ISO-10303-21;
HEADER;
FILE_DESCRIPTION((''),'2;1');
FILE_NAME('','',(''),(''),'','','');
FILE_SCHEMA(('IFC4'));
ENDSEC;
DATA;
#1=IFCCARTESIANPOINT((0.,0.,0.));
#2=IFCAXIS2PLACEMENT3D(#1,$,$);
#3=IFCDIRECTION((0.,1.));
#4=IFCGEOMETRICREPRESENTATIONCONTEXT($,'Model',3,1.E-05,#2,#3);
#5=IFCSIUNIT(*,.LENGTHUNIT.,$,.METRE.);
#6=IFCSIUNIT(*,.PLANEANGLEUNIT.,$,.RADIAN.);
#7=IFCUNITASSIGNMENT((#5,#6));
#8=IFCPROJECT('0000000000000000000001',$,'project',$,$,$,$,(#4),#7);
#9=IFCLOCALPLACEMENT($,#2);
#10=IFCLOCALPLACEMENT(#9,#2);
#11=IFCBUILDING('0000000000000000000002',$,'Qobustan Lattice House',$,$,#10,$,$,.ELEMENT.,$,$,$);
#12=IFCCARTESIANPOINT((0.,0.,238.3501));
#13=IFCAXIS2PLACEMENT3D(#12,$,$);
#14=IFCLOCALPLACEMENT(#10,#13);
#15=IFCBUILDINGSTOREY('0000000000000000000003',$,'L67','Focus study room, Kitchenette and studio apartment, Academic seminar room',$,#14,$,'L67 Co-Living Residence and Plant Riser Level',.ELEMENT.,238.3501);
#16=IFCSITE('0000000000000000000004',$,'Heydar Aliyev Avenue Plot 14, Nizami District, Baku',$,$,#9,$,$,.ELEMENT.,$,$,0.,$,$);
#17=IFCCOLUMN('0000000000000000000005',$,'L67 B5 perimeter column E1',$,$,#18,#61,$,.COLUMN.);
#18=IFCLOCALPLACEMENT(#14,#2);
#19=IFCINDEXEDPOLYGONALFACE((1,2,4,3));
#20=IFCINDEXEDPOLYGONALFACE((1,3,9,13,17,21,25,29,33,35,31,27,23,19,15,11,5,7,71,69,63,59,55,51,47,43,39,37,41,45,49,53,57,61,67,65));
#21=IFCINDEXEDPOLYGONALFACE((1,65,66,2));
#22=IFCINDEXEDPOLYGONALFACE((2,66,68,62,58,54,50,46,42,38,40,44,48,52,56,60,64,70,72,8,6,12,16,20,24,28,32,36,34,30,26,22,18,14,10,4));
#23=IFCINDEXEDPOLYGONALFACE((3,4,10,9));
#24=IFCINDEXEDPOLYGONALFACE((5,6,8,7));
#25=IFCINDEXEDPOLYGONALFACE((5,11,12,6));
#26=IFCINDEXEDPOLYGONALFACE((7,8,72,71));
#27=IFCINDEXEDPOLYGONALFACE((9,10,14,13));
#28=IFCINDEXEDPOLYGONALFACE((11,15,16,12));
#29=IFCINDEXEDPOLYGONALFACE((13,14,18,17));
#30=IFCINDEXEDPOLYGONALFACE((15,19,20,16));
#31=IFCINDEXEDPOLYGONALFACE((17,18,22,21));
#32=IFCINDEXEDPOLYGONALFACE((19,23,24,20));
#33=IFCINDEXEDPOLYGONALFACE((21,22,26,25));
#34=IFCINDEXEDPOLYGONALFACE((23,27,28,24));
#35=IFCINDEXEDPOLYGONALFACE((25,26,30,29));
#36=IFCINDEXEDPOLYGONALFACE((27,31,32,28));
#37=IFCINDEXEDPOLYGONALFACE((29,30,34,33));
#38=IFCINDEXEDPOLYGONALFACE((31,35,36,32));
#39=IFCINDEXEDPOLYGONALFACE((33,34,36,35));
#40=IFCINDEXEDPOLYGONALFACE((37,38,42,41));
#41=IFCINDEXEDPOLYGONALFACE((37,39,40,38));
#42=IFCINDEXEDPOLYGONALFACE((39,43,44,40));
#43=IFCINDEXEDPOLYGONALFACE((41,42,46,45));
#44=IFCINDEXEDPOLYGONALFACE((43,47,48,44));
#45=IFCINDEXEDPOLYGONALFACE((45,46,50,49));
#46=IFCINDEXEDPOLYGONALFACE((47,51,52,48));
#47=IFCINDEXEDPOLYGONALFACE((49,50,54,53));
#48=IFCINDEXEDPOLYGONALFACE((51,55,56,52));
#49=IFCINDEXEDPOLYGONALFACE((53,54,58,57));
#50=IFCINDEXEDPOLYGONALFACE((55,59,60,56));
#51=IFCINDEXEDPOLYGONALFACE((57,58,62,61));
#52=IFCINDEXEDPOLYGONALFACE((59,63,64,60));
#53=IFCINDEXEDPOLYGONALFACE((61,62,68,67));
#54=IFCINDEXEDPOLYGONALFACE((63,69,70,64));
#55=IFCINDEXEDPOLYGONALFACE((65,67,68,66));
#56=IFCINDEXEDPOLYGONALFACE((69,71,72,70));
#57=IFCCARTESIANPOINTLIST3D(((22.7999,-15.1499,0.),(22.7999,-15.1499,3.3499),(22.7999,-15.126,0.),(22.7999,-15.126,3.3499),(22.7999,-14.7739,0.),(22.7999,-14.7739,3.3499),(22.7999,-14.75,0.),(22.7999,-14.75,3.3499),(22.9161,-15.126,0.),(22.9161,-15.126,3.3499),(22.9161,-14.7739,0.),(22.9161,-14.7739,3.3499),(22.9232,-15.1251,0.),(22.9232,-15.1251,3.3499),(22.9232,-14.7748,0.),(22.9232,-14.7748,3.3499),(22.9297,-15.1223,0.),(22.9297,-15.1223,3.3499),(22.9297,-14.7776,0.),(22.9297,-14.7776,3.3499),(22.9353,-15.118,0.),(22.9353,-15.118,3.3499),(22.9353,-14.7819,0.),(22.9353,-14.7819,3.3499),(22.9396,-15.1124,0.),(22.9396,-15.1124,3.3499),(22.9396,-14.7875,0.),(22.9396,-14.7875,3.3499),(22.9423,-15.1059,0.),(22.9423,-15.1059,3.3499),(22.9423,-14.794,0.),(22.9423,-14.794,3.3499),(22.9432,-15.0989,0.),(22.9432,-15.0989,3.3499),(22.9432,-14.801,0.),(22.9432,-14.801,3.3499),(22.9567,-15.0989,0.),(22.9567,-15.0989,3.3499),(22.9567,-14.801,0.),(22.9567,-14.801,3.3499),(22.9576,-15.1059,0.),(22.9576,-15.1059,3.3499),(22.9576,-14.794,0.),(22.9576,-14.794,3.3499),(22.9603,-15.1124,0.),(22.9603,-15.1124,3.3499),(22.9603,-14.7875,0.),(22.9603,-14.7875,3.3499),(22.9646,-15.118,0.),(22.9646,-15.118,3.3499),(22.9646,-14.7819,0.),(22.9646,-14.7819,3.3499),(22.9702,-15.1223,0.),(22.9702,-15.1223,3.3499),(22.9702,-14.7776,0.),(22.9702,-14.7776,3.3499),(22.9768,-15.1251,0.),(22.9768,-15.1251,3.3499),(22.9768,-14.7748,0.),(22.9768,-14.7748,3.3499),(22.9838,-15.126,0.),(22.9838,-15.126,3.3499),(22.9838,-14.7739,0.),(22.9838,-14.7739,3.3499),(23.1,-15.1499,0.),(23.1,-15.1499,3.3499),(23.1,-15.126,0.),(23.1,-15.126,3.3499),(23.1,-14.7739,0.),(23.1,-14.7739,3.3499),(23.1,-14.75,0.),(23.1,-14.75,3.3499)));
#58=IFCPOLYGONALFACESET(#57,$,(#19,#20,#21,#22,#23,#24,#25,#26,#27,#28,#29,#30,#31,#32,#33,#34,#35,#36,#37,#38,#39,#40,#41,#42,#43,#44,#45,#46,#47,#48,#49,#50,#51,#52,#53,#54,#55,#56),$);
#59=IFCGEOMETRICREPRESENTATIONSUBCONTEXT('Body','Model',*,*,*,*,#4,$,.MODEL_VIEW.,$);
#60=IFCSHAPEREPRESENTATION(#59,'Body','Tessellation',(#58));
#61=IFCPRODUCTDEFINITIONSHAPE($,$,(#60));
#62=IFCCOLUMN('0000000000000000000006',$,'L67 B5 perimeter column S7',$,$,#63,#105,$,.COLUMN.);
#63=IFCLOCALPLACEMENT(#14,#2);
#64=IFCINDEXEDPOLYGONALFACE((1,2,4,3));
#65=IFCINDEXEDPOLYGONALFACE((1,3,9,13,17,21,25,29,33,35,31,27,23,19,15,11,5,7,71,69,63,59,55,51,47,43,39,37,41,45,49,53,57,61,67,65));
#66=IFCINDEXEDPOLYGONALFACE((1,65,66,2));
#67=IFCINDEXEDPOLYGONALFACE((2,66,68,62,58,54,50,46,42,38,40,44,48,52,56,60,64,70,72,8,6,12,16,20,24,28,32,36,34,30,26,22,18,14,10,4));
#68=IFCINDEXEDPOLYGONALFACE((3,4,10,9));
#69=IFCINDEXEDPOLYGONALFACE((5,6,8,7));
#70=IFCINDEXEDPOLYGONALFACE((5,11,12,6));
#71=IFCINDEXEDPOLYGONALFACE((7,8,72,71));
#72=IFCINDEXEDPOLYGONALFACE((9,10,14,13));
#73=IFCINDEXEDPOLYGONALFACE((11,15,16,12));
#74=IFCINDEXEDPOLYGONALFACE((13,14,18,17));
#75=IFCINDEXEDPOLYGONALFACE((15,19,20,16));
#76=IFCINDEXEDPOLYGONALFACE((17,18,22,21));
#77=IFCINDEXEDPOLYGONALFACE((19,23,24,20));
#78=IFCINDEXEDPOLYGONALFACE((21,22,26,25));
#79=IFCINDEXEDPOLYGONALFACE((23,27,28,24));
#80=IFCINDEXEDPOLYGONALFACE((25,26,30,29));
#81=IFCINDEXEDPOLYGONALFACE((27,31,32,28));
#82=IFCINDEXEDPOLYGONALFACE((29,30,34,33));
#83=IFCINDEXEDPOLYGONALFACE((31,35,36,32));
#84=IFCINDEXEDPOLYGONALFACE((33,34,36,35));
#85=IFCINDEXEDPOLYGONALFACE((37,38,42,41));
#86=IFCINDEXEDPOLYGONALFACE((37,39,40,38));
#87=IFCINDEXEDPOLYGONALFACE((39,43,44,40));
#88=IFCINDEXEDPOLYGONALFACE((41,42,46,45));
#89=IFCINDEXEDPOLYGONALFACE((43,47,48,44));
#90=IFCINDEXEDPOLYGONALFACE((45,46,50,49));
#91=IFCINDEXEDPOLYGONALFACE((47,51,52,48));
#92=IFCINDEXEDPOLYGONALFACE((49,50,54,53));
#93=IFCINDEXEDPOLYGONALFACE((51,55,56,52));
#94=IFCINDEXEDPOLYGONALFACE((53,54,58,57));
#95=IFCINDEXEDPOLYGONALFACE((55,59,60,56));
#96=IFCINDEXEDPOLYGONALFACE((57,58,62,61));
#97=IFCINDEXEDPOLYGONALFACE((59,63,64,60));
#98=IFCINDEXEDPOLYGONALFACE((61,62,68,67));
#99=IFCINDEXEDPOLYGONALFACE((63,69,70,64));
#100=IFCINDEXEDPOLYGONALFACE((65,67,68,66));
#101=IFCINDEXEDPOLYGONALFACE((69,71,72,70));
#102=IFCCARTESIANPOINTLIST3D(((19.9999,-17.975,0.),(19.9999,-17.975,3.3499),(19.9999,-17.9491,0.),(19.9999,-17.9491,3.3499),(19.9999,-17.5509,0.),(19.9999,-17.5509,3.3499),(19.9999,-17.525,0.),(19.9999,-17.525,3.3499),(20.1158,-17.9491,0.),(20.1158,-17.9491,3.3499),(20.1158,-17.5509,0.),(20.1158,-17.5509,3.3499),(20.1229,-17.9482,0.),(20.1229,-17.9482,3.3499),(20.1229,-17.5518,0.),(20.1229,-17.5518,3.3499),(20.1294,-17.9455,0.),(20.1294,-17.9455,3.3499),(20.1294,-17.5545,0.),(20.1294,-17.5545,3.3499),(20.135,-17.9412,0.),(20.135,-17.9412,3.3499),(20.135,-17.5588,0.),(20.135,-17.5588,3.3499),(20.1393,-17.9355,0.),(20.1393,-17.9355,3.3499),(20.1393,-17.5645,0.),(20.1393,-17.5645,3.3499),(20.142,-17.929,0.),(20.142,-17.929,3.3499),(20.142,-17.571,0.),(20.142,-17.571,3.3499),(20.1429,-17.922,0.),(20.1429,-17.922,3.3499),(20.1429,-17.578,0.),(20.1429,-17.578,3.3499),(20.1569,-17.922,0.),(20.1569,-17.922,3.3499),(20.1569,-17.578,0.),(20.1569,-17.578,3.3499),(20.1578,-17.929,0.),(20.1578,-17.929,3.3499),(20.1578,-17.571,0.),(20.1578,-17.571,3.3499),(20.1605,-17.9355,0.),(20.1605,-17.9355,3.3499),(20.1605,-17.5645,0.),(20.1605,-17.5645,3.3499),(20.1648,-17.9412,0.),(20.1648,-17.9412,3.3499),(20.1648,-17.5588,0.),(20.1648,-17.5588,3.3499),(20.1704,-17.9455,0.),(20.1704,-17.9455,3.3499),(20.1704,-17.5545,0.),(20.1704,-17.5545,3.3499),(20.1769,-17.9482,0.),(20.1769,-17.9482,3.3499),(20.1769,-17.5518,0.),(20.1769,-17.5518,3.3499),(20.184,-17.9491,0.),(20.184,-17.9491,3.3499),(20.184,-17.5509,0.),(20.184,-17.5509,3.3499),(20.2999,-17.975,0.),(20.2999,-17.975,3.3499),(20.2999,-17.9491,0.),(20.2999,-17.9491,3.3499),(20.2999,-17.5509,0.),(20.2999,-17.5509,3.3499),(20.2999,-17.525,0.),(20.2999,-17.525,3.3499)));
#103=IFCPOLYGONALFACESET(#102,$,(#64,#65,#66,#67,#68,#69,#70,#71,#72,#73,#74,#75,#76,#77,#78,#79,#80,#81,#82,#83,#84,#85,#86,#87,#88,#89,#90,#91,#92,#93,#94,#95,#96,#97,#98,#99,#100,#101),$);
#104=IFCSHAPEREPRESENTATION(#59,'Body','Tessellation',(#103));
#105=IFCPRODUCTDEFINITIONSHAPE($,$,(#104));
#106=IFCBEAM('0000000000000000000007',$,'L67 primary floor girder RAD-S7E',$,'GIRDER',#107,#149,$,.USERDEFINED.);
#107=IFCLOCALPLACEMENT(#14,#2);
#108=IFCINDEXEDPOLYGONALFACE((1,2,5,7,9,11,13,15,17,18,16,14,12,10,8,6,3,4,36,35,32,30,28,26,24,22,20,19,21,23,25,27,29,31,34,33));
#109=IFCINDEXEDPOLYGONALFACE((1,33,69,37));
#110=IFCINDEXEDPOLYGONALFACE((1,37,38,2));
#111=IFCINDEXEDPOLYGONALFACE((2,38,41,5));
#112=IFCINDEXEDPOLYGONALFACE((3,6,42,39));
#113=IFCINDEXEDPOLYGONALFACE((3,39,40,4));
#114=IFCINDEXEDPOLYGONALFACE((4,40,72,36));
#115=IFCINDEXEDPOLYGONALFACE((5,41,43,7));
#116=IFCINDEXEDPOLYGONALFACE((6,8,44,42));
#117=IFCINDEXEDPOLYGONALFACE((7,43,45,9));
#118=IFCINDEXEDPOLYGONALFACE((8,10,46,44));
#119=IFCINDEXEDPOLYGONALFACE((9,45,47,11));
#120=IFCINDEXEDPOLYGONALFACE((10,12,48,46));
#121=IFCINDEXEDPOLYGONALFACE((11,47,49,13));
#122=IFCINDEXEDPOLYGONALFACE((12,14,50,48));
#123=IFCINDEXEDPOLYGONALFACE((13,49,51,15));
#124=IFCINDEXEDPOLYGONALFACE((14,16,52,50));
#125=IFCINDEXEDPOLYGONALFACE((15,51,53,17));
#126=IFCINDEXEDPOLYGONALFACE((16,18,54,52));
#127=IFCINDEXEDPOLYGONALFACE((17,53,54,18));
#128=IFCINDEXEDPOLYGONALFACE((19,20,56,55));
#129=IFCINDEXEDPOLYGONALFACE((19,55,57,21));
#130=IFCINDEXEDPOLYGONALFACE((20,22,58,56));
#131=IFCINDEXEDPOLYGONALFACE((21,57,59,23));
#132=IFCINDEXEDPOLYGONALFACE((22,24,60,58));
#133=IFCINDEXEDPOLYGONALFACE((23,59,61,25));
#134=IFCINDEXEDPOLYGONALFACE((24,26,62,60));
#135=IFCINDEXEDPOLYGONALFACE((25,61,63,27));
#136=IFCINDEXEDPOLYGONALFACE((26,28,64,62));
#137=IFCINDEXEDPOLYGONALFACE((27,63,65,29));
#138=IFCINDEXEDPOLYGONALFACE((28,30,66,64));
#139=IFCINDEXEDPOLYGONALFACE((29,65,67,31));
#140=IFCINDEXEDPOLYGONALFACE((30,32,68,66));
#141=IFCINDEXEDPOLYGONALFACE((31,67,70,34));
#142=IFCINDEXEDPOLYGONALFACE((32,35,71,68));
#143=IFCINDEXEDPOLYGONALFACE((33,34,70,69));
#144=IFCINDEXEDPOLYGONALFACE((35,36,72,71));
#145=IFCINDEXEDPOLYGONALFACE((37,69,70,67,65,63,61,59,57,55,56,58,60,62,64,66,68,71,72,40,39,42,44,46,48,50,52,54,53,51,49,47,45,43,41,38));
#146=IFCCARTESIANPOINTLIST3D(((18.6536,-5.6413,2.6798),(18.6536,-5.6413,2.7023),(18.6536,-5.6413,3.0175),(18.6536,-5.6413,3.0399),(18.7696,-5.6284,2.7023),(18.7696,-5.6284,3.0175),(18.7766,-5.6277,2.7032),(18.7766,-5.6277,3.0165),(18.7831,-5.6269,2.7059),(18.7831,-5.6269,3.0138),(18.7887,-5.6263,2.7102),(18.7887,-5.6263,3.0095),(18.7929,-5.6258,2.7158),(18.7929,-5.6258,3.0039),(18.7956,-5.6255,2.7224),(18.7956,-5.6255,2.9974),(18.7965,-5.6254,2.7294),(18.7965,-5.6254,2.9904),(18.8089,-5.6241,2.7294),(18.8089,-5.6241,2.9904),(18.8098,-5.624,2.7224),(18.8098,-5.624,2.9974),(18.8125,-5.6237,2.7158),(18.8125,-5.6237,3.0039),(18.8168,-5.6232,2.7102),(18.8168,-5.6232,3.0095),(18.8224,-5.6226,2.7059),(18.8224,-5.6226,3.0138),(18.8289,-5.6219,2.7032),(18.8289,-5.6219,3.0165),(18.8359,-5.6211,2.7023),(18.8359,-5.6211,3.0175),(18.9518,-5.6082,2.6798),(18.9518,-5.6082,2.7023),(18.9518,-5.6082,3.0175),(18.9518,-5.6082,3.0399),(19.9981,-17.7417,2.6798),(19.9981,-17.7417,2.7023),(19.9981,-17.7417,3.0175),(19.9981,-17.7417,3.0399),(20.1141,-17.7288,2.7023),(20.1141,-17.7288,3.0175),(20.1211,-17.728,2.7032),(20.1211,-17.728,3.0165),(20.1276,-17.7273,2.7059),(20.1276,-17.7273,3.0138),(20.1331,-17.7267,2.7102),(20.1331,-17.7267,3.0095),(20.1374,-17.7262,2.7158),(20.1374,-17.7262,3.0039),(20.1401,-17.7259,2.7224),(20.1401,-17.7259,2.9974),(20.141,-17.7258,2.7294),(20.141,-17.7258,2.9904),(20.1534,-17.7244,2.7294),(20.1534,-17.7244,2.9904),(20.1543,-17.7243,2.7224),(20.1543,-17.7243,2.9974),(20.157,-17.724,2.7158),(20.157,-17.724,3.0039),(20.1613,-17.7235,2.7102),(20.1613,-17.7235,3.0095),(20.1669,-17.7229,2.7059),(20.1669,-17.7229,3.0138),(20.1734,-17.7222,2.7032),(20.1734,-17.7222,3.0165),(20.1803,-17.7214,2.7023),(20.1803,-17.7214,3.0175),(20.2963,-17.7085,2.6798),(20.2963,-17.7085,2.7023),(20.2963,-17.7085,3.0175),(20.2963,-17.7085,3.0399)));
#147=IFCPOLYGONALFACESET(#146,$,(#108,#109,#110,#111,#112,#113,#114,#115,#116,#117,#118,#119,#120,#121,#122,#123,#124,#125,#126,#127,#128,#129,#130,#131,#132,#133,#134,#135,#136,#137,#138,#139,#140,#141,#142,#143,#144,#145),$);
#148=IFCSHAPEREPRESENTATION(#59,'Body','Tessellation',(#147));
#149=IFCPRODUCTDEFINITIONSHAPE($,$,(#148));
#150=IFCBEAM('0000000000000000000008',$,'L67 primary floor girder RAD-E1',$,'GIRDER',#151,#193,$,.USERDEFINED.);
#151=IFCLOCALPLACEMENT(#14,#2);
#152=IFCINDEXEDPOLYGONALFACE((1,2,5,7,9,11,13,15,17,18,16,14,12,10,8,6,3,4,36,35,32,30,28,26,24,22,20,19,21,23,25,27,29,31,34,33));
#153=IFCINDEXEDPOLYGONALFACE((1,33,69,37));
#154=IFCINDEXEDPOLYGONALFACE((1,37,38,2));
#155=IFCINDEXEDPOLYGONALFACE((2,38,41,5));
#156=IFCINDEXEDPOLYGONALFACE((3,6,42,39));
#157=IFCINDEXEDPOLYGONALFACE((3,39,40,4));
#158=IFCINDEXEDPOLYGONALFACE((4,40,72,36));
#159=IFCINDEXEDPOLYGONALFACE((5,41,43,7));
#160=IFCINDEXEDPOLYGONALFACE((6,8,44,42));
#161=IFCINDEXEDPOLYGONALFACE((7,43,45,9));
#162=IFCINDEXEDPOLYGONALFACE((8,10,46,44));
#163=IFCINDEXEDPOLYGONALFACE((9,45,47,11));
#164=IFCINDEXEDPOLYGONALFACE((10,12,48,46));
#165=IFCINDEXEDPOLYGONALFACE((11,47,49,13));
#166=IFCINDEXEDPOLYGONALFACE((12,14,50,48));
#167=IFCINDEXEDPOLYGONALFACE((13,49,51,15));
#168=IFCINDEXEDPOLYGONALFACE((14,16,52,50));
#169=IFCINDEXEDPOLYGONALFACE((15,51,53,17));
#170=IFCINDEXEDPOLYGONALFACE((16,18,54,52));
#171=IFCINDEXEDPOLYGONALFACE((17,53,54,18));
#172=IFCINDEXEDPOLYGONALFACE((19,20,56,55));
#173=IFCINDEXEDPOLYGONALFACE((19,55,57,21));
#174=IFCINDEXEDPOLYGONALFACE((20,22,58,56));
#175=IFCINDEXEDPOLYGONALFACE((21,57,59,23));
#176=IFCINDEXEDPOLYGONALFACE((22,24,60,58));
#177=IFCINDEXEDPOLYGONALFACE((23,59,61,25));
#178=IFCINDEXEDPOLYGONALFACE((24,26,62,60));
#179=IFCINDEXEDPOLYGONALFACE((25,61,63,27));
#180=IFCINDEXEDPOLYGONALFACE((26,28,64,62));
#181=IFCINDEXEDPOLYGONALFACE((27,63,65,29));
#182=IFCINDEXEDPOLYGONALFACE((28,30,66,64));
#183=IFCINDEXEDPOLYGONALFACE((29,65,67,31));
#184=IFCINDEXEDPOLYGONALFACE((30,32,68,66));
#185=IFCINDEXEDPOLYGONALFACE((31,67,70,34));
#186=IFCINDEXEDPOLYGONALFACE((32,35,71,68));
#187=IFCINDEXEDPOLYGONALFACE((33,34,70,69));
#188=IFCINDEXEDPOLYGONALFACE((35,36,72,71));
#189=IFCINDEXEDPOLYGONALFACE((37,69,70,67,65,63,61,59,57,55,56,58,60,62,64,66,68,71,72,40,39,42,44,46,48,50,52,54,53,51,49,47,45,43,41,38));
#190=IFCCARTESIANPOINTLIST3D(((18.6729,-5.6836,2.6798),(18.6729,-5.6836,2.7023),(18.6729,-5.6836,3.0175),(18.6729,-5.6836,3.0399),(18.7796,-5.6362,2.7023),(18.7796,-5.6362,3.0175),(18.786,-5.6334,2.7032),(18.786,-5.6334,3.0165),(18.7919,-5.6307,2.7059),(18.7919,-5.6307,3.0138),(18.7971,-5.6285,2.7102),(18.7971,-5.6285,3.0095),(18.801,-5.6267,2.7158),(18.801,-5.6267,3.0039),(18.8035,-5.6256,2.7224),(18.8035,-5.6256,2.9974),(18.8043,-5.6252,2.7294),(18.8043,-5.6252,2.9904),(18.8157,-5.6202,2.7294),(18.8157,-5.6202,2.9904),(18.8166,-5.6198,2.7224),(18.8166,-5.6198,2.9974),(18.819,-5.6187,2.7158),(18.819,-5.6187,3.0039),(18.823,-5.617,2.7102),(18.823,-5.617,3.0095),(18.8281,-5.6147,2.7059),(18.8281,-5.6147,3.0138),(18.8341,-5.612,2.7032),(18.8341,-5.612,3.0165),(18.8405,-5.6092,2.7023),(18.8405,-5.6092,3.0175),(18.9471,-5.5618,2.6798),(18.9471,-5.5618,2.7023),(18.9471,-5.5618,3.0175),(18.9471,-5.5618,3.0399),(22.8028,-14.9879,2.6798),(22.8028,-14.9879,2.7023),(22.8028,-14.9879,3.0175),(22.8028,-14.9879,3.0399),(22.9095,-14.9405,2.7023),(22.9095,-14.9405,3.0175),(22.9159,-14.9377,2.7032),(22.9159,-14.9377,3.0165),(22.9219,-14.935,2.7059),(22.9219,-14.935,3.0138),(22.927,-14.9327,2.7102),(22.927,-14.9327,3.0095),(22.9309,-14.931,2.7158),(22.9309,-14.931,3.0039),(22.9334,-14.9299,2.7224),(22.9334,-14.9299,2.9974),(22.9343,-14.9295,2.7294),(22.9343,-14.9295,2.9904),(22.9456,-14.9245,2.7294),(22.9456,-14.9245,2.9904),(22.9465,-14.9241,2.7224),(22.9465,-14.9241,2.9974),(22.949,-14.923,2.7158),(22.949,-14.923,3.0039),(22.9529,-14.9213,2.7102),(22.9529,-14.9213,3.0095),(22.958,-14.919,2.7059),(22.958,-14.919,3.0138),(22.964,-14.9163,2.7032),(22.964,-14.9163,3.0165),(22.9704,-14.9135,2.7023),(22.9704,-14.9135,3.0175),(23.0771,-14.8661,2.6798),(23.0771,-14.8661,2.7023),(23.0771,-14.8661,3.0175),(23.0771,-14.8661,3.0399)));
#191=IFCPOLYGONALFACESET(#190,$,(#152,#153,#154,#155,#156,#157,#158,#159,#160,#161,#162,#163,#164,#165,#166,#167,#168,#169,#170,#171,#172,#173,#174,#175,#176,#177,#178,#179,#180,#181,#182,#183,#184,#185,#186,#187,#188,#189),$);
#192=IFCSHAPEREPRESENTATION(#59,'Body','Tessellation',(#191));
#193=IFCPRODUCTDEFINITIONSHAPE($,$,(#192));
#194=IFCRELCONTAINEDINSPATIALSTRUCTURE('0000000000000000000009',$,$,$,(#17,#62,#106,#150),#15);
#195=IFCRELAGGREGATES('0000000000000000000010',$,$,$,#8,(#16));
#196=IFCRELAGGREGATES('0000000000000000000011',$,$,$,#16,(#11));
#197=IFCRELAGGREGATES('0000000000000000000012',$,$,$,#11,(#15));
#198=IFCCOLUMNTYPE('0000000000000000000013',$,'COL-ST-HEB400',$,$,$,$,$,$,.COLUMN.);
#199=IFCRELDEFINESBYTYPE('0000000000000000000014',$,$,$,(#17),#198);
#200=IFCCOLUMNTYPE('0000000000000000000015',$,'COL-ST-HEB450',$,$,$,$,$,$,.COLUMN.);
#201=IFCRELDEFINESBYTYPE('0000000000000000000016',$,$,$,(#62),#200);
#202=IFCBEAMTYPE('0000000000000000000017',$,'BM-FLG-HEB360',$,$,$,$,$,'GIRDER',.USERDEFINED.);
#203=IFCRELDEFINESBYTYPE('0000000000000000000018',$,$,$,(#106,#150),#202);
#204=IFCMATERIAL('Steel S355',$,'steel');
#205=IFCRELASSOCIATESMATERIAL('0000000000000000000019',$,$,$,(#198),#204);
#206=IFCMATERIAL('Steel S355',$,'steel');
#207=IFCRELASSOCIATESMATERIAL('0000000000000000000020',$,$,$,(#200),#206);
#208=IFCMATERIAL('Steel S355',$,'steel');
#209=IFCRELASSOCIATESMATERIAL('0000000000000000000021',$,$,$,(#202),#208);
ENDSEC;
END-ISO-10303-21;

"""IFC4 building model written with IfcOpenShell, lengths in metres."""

from ifc_helpers import new_model, si_unit, direction, frame, origin, origin_2d, place, context, subcontext, project, spatial, i_section, extrude, material, material_profile, profile_set, type_object, element, save


model = new_model("IFC4")

# Units and contexts
model_context = context("Model", 3, precision=1e-05, world=origin(), true_north=direction((0.0, 1.0)))
body_context = subcontext(model_context, "Body", "Model", "MODEL_VIEW")
ifc_project = project(units=[si_unit("LENGTHUNIT", "METRE"), si_unit("PLANEANGLEUNIT", "RADIAN")], contexts=[model_context])

# Site, building, storey
site_placement = place(None, origin())
site = spatial("IfcSite", under=ifc_project, at=site_placement, Name="Heydar Aliyev Avenue Plot 14, Nizami District, Baku", CompositionType="ELEMENT", RefElevation=0.0)
building_placement = place(site_placement, origin())
building = spatial("IfcBuilding", under=site, at=building_placement, Name="Qobustan Lattice House", CompositionType="ELEMENT")
storey_placement = place(building_placement, frame((0.0, 0.0, 238.3501)))
storey = spatial("IfcBuildingStorey", under=building, at=storey_placement, Name="L67", Description="Focus study room, Kitchenette and studio apartment, Academic seminar room", LongName="L67 Co-Living Residence and Plant Riser Level", CompositionType="ELEMENT", Elevation=238.3501)

# Columns
ifc_material_1 = material(Name="Steel S355", Category="steel")
ifc_material_profile_1 = material_profile(ifc_material_1, i_section(OverallWidth=0.3, OverallDepth=0.3999, WebThickness=0.0134, FlangeThickness=0.0239, FilletRadius=0.0271, at=origin_2d()), Name="HEB400")
ifc_profile_set_1 = profile_set([ifc_material_profile_1], Name="Steel S355")
column_type_1 = type_object("IfcColumnType", Name="COL-ST-HEB400", PredefinedType="COLUMN", material=ifc_profile_set_1)
column_1_placement = place(storey_placement, frame((22.95, -14.95, 0.0), z_axis=(0.0, 0.0, 1.0), x_axis=(1.0, 0.0, 0.0)))
element("IfcColumn", 1, at=column_1_placement, inside=storey, type_object=column_type_1, Name="L67 B5 perimeter column E1", PredefinedType="COLUMN", context=body_context, shape_type="SweptSolid", body=[
    extrude(i_section(OverallWidth=0.3, OverallDepth=0.3999, WebThickness=0.0134, FlangeThickness=0.0239, FilletRadius=0.0271, at=origin_2d()), origin(), (0.0, 0.0, 1.0), 3.3499),
])
ifc_material_2 = material(Name="Steel S355", Category="steel")
ifc_material_profile_2 = material_profile(ifc_material_2, i_section(OverallWidth=0.3, OverallDepth=0.45, WebThickness=0.0139, FlangeThickness=0.0259, FilletRadius=0.0271, at=origin_2d()), Name="HEB450")
ifc_profile_set_2 = profile_set([ifc_material_profile_2], Name="Steel S355")
column_type_2 = type_object("IfcColumnType", Name="COL-ST-HEB450", PredefinedType="COLUMN", material=ifc_profile_set_2)
column_2_placement = place(storey_placement, frame((20.1499, -17.75, 0.0), z_axis=(0.0, 0.0, 1.0), x_axis=(1.0, 0.0, 0.0)))
element("IfcColumn", 2, at=column_2_placement, inside=storey, type_object=column_type_2, Name="L67 B5 perimeter column S7", PredefinedType="COLUMN", context=body_context, shape_type="SweptSolid", body=[
    extrude(i_section(OverallWidth=0.3, OverallDepth=0.45, WebThickness=0.0139, FlangeThickness=0.0259, FilletRadius=0.0271, at=origin_2d()), origin(), (0.0, 0.0, 1.0), 3.3499),
])

# Beams
ifc_material_3 = material(Name="Steel S355", Category="steel")
ifc_material_profile_3 = material_profile(ifc_material_3, i_section(OverallWidth=0.3, OverallDepth=0.3601, WebThickness=0.0125, FlangeThickness=0.0225, FilletRadius=0.0271, at=origin_2d()), Name="HEB360")
ifc_profile_set_3 = profile_set([ifc_material_profile_3], Name="Steel S355")
beam_type_1 = type_object("IfcBeamType", Name="BM-FLG-HEB360", ElementType="GIRDER", PredefinedType="USERDEFINED", material=ifc_profile_set_3)
beam_1_placement = place(storey_placement, frame((20.1472, -17.7251, 2.8599), z_axis=(-0.110432, 0.993884, 0.0), x_axis=(-0.993884, -0.110432, 0.0)))
element("IfcBeam", 3, at=beam_1_placement, inside=storey, type_object=beam_type_1, Name="L67 primary floor girder RAD-S7E", ObjectType="GIRDER", PredefinedType="USERDEFINED", context=body_context, shape_type="SweptSolid", body=[
    extrude(i_section(OverallWidth=0.3, OverallDepth=0.3601, WebThickness=0.0125, FlangeThickness=0.0225, FilletRadius=0.0271, at=origin_2d()), origin(), (0.0, 0.0, 1.0), 12.1748),
])
beam_2_placement = place(storey_placement, frame((22.9399, -14.927, 2.8599), z_axis=(-0.405702, 0.914005, 0.0), x_axis=(-0.914005, -0.405702, 0.0)))
element("IfcBeam", 4, at=beam_2_placement, inside=storey, type_object=beam_type_1, Name="L67 primary floor girder RAD-E1", ObjectType="GIRDER", PredefinedType="USERDEFINED", context=body_context, shape_type="SweptSolid", body=[
    extrude(i_section(OverallWidth=0.3, OverallDepth=0.3601, WebThickness=0.0125, FlangeThickness=0.0225, FilletRadius=0.0271, at=origin_2d()), origin(), (0.0, 0.0, 1.0), 10.1797),
])

save(model, "model.ifc")
